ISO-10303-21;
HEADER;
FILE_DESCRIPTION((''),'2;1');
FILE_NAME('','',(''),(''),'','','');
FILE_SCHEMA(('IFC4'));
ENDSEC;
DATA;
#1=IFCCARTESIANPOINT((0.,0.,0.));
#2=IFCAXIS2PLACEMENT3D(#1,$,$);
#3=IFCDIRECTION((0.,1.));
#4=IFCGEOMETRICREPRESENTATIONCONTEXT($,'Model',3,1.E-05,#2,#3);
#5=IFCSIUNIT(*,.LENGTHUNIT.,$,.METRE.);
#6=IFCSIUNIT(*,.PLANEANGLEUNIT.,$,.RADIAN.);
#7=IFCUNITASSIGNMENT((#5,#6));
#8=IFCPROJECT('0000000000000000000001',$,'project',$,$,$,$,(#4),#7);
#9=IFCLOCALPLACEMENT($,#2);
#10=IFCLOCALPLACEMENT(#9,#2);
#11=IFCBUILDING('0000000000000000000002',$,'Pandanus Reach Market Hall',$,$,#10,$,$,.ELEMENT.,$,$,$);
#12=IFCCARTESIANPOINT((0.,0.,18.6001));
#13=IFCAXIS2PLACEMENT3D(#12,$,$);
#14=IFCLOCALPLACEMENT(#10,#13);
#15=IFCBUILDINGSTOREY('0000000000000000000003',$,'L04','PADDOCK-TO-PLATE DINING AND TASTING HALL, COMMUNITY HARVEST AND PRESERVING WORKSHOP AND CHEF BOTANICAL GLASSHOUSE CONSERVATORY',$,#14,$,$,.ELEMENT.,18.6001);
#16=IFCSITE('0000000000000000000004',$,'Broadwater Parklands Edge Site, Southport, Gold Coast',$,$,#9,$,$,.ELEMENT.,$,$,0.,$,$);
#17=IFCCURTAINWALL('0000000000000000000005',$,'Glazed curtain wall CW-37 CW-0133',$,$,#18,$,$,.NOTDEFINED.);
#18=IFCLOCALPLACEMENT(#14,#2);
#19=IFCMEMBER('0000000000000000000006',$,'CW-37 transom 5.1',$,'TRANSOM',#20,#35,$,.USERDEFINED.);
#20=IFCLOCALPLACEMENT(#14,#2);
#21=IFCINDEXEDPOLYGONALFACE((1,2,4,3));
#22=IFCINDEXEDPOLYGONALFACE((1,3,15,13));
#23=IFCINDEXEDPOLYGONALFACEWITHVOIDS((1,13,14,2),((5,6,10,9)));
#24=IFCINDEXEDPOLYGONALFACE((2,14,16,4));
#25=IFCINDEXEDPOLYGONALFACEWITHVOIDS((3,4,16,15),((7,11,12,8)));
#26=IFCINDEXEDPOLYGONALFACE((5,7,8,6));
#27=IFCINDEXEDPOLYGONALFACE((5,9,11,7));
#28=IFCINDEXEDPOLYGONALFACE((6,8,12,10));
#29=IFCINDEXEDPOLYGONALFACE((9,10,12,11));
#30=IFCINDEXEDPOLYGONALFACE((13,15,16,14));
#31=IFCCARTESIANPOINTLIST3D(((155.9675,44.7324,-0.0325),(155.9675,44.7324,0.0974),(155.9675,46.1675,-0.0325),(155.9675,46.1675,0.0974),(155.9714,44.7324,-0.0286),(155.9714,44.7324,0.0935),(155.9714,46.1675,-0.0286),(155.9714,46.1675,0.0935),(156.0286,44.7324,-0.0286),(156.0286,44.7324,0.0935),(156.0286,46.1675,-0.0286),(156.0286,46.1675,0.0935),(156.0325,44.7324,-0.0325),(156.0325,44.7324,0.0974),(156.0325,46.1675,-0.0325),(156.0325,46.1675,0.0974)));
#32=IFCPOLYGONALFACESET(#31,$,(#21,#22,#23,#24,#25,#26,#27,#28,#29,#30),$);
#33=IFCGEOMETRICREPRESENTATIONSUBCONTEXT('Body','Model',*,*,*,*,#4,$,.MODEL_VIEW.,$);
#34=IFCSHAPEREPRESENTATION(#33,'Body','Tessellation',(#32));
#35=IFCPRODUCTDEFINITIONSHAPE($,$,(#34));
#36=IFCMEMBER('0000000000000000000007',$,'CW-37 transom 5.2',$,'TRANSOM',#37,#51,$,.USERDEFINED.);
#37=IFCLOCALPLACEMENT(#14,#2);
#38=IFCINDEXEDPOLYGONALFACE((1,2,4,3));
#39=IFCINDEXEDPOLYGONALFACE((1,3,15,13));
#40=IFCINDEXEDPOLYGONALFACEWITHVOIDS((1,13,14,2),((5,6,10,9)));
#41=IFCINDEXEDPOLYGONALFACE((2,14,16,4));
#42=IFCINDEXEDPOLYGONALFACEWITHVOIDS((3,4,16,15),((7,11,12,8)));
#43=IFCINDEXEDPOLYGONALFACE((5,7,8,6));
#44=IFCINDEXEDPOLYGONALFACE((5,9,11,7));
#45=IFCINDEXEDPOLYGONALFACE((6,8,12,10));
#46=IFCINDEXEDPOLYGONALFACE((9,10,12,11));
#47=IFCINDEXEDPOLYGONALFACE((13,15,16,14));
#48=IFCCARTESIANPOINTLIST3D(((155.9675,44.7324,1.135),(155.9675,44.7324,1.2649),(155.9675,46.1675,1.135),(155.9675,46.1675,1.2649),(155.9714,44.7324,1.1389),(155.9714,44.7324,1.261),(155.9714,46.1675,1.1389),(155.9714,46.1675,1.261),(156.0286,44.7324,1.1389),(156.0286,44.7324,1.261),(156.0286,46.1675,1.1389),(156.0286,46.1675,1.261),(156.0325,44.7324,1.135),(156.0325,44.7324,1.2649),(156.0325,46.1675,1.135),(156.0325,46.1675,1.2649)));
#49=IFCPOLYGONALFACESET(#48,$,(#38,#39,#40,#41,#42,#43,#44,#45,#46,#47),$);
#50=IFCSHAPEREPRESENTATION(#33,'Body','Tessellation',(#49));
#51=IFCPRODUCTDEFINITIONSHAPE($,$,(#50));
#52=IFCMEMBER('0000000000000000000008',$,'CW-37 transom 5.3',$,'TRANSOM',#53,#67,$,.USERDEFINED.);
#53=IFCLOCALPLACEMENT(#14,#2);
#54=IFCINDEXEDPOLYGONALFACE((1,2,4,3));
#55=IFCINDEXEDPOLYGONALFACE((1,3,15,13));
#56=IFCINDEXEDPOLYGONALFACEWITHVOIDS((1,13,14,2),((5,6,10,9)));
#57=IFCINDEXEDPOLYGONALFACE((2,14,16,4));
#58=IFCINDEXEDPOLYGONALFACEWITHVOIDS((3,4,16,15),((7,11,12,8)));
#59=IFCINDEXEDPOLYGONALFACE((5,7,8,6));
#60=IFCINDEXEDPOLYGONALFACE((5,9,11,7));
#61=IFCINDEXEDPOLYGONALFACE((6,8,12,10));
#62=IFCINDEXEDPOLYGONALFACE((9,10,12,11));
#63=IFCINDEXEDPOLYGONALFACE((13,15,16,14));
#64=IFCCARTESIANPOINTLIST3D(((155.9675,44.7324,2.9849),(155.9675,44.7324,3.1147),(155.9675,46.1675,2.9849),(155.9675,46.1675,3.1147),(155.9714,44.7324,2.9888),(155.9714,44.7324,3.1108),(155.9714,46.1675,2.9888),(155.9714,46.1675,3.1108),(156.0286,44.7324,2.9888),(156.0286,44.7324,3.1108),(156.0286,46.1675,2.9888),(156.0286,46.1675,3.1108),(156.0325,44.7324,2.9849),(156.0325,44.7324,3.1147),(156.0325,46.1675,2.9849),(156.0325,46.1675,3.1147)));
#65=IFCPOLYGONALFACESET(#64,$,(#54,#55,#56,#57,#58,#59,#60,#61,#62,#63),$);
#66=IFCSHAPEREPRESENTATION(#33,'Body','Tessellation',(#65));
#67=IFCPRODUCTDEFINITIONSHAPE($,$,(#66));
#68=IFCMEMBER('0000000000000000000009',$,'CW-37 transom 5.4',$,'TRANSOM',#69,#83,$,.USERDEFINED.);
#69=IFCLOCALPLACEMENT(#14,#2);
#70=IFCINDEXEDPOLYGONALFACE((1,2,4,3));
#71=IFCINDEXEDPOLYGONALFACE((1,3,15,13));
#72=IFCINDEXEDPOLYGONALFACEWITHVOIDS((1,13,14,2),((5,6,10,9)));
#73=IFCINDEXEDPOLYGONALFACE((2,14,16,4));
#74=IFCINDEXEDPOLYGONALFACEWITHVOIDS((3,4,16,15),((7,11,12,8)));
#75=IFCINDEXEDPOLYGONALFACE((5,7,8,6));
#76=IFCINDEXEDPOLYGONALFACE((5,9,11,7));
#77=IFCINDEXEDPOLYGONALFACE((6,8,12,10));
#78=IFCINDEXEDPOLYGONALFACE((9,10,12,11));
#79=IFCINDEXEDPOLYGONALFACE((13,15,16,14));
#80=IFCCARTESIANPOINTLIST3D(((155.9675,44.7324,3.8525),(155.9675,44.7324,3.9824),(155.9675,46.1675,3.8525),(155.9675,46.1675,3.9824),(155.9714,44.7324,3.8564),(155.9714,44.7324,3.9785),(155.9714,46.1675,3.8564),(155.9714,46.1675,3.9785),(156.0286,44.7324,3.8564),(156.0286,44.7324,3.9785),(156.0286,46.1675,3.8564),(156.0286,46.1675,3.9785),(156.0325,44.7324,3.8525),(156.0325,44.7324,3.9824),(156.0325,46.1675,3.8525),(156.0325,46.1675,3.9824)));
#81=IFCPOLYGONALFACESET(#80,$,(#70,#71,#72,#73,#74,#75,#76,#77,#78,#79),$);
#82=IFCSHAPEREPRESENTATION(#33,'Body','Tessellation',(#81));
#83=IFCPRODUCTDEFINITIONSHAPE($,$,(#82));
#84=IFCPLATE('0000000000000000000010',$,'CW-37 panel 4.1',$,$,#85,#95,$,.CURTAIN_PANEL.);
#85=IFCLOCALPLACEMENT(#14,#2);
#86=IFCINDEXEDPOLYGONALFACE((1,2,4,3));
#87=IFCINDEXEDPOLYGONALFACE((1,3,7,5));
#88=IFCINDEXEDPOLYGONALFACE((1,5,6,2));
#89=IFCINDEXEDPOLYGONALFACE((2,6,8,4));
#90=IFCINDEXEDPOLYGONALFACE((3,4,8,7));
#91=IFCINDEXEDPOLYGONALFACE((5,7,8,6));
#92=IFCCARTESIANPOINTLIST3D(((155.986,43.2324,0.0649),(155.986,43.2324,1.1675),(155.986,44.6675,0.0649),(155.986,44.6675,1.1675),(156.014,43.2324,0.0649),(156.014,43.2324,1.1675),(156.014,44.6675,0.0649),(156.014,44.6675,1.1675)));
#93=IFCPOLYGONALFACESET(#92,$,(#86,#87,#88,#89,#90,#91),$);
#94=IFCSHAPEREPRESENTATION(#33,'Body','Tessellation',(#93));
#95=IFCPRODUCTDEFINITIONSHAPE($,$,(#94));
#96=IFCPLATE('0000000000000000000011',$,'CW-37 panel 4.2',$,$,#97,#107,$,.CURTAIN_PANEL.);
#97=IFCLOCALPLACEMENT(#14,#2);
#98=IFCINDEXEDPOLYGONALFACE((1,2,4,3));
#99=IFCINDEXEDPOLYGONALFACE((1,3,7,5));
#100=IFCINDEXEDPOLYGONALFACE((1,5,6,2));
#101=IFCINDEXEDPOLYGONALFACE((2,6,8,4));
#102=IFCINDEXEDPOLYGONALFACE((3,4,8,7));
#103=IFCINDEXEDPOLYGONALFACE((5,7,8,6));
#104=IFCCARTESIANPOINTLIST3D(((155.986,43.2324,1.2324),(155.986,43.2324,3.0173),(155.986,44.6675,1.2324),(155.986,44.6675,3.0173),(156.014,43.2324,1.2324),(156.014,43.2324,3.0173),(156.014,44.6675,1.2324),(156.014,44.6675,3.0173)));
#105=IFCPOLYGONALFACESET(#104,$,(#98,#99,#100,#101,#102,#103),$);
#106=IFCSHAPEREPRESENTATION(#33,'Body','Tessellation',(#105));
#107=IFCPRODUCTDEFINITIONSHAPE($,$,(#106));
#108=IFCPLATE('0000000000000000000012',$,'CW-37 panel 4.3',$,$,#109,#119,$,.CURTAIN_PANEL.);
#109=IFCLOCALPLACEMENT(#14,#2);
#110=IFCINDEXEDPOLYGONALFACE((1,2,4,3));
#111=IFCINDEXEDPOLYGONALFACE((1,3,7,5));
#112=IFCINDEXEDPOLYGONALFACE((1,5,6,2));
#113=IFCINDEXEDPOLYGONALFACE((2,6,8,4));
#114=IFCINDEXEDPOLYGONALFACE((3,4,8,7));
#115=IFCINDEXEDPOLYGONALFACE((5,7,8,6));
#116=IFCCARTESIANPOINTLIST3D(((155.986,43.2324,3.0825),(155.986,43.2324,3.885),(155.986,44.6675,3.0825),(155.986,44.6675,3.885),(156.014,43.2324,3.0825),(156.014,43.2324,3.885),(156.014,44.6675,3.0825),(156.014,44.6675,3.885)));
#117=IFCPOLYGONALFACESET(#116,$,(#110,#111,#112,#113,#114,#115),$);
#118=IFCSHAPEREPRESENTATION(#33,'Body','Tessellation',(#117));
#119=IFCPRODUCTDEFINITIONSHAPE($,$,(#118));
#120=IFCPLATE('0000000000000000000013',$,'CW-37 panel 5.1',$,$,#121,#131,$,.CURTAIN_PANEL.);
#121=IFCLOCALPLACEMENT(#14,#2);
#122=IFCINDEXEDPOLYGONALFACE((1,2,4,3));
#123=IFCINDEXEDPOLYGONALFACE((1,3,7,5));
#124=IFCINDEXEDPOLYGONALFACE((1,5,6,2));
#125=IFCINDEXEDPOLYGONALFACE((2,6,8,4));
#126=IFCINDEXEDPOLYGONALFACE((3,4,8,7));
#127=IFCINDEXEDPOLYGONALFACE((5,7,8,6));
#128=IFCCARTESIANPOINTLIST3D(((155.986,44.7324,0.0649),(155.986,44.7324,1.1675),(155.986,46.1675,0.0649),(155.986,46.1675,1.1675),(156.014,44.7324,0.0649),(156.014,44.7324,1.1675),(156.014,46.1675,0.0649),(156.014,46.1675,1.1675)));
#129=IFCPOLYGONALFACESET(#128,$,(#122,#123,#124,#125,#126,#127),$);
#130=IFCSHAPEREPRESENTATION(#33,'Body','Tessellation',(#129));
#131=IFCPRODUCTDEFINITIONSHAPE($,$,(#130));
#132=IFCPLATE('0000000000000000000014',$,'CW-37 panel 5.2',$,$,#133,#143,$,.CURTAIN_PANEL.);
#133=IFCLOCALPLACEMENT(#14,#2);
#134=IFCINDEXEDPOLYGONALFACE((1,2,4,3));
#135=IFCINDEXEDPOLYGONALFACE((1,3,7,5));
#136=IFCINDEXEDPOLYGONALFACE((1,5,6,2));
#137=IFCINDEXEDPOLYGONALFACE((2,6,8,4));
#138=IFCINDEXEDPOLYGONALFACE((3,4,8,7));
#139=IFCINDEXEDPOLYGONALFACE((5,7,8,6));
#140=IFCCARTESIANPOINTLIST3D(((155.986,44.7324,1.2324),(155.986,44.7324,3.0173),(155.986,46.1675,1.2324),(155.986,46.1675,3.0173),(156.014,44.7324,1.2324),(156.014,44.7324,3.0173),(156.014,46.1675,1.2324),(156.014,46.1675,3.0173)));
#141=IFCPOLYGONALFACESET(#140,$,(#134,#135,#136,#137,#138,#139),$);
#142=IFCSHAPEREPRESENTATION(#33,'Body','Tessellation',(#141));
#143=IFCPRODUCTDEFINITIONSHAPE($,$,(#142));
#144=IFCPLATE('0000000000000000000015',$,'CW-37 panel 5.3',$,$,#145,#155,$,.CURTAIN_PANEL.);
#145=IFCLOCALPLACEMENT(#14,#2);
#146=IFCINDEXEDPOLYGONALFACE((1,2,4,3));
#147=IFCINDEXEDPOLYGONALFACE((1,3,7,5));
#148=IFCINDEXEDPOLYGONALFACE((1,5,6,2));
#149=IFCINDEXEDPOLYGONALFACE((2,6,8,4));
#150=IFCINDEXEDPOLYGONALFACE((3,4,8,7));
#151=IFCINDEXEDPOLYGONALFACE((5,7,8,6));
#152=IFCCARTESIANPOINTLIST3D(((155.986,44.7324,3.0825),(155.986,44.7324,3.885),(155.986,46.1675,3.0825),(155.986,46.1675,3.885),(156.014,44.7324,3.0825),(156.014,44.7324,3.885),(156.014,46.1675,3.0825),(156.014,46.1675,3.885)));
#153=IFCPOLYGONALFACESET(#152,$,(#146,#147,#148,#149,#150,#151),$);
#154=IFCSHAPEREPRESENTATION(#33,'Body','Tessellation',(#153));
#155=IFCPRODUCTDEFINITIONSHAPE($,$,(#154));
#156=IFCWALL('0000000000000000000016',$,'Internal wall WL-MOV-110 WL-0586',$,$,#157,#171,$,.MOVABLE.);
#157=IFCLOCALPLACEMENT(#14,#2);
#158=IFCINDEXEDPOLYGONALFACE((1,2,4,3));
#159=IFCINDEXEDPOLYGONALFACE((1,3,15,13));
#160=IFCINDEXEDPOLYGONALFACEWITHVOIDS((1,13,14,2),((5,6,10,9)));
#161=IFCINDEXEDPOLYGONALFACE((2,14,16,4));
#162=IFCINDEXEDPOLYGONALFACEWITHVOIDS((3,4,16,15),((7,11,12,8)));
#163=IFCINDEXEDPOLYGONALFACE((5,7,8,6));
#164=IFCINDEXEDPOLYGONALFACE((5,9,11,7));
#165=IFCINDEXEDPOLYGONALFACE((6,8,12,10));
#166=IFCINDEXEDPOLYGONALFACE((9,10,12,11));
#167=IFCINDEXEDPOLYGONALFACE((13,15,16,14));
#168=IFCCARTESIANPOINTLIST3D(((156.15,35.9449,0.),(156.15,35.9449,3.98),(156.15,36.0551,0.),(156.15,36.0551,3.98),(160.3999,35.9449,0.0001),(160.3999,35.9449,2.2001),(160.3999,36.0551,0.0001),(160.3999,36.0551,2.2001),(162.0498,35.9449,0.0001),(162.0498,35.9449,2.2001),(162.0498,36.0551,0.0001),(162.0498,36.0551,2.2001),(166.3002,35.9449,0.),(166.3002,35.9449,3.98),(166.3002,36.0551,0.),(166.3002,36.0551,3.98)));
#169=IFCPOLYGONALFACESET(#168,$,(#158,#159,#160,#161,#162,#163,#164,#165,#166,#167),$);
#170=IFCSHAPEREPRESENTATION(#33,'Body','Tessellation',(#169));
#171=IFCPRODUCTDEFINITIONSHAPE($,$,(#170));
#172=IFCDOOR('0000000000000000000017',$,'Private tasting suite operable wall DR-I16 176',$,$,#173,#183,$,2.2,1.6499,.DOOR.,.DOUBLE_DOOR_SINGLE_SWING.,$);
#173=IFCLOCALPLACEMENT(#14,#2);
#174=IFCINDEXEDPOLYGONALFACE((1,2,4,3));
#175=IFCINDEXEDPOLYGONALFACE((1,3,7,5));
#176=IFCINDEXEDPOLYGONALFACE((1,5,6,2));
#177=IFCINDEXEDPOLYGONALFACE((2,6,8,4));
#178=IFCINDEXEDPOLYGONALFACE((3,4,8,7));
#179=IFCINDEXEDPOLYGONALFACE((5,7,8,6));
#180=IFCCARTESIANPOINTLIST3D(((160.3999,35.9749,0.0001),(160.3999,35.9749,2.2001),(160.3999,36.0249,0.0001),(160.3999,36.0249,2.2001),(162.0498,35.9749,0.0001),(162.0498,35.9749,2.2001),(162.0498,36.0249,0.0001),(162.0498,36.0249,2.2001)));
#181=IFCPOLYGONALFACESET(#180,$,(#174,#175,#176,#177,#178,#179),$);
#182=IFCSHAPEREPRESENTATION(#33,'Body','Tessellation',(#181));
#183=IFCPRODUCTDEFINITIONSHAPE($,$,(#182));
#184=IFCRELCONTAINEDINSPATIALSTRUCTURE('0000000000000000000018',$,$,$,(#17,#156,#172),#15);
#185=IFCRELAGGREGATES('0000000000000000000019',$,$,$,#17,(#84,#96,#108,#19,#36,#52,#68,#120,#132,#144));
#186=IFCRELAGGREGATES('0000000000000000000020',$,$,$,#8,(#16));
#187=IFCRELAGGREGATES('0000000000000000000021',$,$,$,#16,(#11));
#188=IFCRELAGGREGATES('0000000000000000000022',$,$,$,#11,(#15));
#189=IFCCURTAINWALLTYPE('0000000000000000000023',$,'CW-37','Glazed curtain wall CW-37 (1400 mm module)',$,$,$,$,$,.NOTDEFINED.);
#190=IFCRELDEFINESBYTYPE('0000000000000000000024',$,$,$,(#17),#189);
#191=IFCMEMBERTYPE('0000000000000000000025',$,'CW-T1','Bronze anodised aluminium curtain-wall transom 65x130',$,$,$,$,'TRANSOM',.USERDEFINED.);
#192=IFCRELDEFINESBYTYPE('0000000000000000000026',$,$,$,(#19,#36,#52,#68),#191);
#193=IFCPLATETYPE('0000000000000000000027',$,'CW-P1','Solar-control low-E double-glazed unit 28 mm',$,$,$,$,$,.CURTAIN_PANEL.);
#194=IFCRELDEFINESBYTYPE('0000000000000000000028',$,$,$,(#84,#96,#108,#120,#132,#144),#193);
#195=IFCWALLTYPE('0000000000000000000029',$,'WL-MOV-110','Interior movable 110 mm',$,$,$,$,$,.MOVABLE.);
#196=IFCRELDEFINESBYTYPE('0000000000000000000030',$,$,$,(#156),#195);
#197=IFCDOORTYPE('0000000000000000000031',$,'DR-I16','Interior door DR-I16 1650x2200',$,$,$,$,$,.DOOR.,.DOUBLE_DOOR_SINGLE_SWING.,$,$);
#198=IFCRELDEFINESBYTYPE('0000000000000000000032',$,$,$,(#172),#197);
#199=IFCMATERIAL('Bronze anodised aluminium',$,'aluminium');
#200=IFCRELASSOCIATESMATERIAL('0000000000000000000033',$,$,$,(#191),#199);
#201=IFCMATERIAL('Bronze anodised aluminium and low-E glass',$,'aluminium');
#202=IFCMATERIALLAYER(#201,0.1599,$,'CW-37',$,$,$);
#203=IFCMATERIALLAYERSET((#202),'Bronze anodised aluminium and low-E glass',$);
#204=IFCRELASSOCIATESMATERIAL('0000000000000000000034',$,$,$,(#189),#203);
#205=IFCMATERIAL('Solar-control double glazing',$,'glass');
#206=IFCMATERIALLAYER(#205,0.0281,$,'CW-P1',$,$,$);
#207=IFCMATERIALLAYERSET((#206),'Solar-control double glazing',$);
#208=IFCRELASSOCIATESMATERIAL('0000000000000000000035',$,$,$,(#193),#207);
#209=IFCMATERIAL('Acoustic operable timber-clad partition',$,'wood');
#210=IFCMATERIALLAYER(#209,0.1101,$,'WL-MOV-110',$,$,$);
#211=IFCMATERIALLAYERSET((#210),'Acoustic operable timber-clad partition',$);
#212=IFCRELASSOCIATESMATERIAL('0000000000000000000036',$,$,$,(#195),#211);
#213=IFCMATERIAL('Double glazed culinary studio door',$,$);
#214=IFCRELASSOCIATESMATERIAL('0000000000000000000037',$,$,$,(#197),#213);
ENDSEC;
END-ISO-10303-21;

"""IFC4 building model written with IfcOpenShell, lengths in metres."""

from ifc_helpers import new_model, si_unit, direction, frame, frame_2d, origin, origin_2d, place, context, subcontext, project, spatial, rectangle, hollow_rectangle, extrude, material, layer, layer_set, material_profile, profile_set, type_object, element, fill, aggregate, save


model = new_model("IFC4")

# Units and contexts
model_context = context("Model", 3, precision=1e-05, world=origin(), true_north=direction((0.0, 1.0)))
body_context = subcontext(model_context, "Body", "Model", "MODEL_VIEW")
ifc_project = project(units=[si_unit("LENGTHUNIT", "METRE"), si_unit("PLANEANGLEUNIT", "RADIAN")], contexts=[model_context])

# Site, building, storey
site_placement = place(None, origin())
site = spatial("IfcSite", under=ifc_project, at=site_placement, Name="Broadwater Parklands Edge Site, Southport, Gold Coast", CompositionType="ELEMENT", RefElevation=0.0)
building_placement = place(site_placement, origin())
building = spatial("IfcBuilding", under=site, at=building_placement, Name="Pandanus Reach Market Hall", CompositionType="ELEMENT")
storey_placement = place(building_placement, frame((0.0, 0.0, 18.6001)))
storey = spatial("IfcBuildingStorey", under=building, at=storey_placement, Name="L04", Description="PADDOCK-TO-PLATE DINING AND TASTING HALL, COMMUNITY HARVEST AND PRESERVING WORKSHOP AND CHEF BOTANICAL GLASSHOUSE CONSERVATORY", CompositionType="ELEMENT", Elevation=18.6001)

# Shared definitions
ifc_material_1 = material(Name="Bronze anodised aluminium and low-E glass", Category="aluminium")
ifc_material_2 = material(Name="Bronze anodised aluminium", Category="aluminium")
ifc_material_profile_1 = material_profile(ifc_material_2, hollow_rectangle(XDim=0.0649, YDim=0.1299, WallThickness=0.0039, at=origin_2d()), Name="ALU65x130", Category="LoadBearing")
ifc_profile_set_1 = profile_set([ifc_material_profile_1], Name="Bronze anodised aluminium")
member_type_1 = type_object("IfcMemberType", Name="CW-T1", Description="Bronze anodised aluminium curtain-wall transom 65x130", ElementType="TRANSOM", PredefinedType="USERDEFINED", material=ifc_profile_set_1)

# Curtain wall, members, plates
ifc_layer_1 = layer(ifc_material_1, 0.1599, Name="CW-37")
ifc_layer_set_1 = layer_set([ifc_layer_1], Name="Bronze anodised aluminium and low-E glass")
curtain_wall_type_1 = type_object("IfcCurtainWallType", Name="CW-37", Description="Glazed curtain wall CW-37 (1400 mm module)", PredefinedType="NOTDEFINED", material=ifc_layer_set_1)
curtain_wall_1_placement = place(storey_placement, origin())
curtain_wall_1 = element("IfcCurtainWall", 1, at=curtain_wall_1_placement, inside=storey, type_object=curtain_wall_type_1, Name="Glazed curtain wall CW-37 CW-0133", PredefinedType="NOTDEFINED")
member_1_placement = place(storey_placement, frame((156.0, 44.7324, 0.0325), z_axis=(0.0, 1.0, 0.0), x_axis=(-1.0, 0.0, 0.0)))
member_1 = element("IfcMember", 2, at=member_1_placement, type_object=member_type_1, Name="CW-37 transom 5.1", ObjectType="TRANSOM", PredefinedType="USERDEFINED", context=body_context, shape_type="SweptSolid", body=[
    extrude(hollow_rectangle(XDim=0.0649, YDim=0.1299, WallThickness=0.0039, at=origin_2d()), origin(), (0.0, 0.0, 1.0), 1.4351),
])
member_2_placement = place(storey_placement, frame((156.0, 44.7324, 1.2), z_axis=(0.0, 1.0, 0.0), x_axis=(-1.0, 0.0, 0.0)))
member_2 = element("IfcMember", 3, at=member_2_placement, type_object=member_type_1, Name="CW-37 transom 5.2", ObjectType="TRANSOM", PredefinedType="USERDEFINED", context=body_context, shape_type="SweptSolid", body=[
    extrude(hollow_rectangle(XDim=0.0649, YDim=0.1299, WallThickness=0.0039, at=origin_2d()), origin(), (0.0, 0.0, 1.0), 1.4351),
])
member_3_placement = place(storey_placement, frame((156.0, 44.7324, 3.0498), z_axis=(0.0, 1.0, 0.0), x_axis=(-1.0, 0.0, 0.0)))
member_3 = element("IfcMember", 4, at=member_3_placement, type_object=member_type_1, Name="CW-37 transom 5.3", ObjectType="TRANSOM", PredefinedType="USERDEFINED", context=body_context, shape_type="SweptSolid", body=[
    extrude(hollow_rectangle(XDim=0.0649, YDim=0.1299, WallThickness=0.0039, at=origin_2d()), origin(), (0.0, 0.0, 1.0), 1.4351),
])
member_4_placement = place(storey_placement, frame((156.0, 44.7324, 3.9175), z_axis=(0.0, 1.0, 0.0), x_axis=(-1.0, 0.0, 0.0)))
member_4 = element("IfcMember", 5, at=member_4_placement, type_object=member_type_1, Name="CW-37 transom 5.4", ObjectType="TRANSOM", PredefinedType="USERDEFINED", context=body_context, shape_type="SweptSolid", body=[
    extrude(hollow_rectangle(XDim=0.0649, YDim=0.1299, WallThickness=0.0039, at=origin_2d()), origin(), (0.0, 0.0, 1.0), 1.4351),
])
ifc_material_3 = material(Name="Solar-control double glazing", Category="glass")
ifc_layer_2 = layer(ifc_material_3, 0.0281, Name="CW-P1")
ifc_layer_set_2 = layer_set([ifc_layer_2], Name="Solar-control double glazing")
plate_type = type_object("IfcPlateType", Name="CW-P1", Description="Solar-control low-E double-glazed unit 28 mm", PredefinedType="CURTAIN_PANEL", material=ifc_layer_set_2)
plate_1_placement = place(storey_placement, frame((156.0, 43.95, 0.0649), z_axis=(0.0, 0.0, 1.0), x_axis=(0.0, 1.0, 0.0)))
plate_1 = element("IfcPlate", 6, at=plate_1_placement, type_object=plate_type, Name="CW-37 panel 4.1", PredefinedType="CURTAIN_PANEL", context=body_context, shape_type="SweptSolid", body=[
    extrude(rectangle(XDim=1.4351, YDim=0.0281, at=origin_2d()), origin(), (0.0, 0.0, 1.0), 1.1025),
])
plate_2_placement = place(storey_placement, frame((156.0, 43.95, 1.2324), z_axis=(0.0, 0.0, 1.0), x_axis=(0.0, 1.0, 0.0)))
plate_2 = element("IfcPlate", 7, at=plate_2_placement, type_object=plate_type, Name="CW-37 panel 4.2", PredefinedType="CURTAIN_PANEL", context=body_context, shape_type="SweptSolid", body=[
    extrude(rectangle(XDim=1.4351, YDim=0.0281, at=origin_2d()), origin(), (0.0, 0.0, 1.0), 1.7849),
])
plate_3_placement = place(storey_placement, frame((156.0, 43.95, 3.0825), z_axis=(0.0, 0.0, 1.0), x_axis=(0.0, 1.0, 0.0)))
plate_3 = element("IfcPlate", 8, at=plate_3_placement, type_object=plate_type, Name="CW-37 panel 4.3", PredefinedType="CURTAIN_PANEL", context=body_context, shape_type="SweptSolid", body=[
    extrude(rectangle(XDim=1.4351, YDim=0.0281, at=origin_2d()), origin(), (0.0, 0.0, 1.0), 0.8025),
])
plate_4_placement = place(storey_placement, frame((156.0, 45.45, 0.0649), z_axis=(0.0, 0.0, 1.0), x_axis=(0.0, 1.0, 0.0)))
plate_4 = element("IfcPlate", 9, at=plate_4_placement, type_object=plate_type, Name="CW-37 panel 5.1", PredefinedType="CURTAIN_PANEL", context=body_context, shape_type="SweptSolid", body=[
    extrude(rectangle(XDim=1.4351, YDim=0.0281, at=origin_2d()), origin(), (0.0, 0.0, 1.0), 1.1025),
])
plate_5_placement = place(storey_placement, frame((156.0, 45.45, 1.2324), z_axis=(0.0, 0.0, 1.0), x_axis=(0.0, 1.0, 0.0)))
plate_5 = element("IfcPlate", 10, at=plate_5_placement, type_object=plate_type, Name="CW-37 panel 5.2", PredefinedType="CURTAIN_PANEL", context=body_context, shape_type="SweptSolid", body=[
    extrude(rectangle(XDim=1.4351, YDim=0.0281, at=origin_2d()), origin(), (0.0, 0.0, 1.0), 1.7849),
])
plate_6_placement = place(storey_placement, frame((156.0, 45.45, 3.0825), z_axis=(0.0, 0.0, 1.0), x_axis=(0.0, 1.0, 0.0)))
plate_6 = element("IfcPlate", 11, at=plate_6_placement, type_object=plate_type, Name="CW-37 panel 5.3", PredefinedType="CURTAIN_PANEL", context=body_context, shape_type="SweptSolid", body=[
    extrude(rectangle(XDim=1.4351, YDim=0.0281, at=origin_2d()), origin(), (0.0, 0.0, 1.0), 0.8025),
])
aggregate(curtain_wall_1, [plate_1, plate_2, plate_3, member_1, member_2, member_3, member_4, plate_4, plate_5, plate_6])

# Wall, opening, door
ifc_material_4 = material(Name="Acoustic operable timber-clad partition", Category="wood")
ifc_layer_3 = layer(ifc_material_4, 0.1101, Name="WL-MOV-110")
ifc_layer_set_3 = layer_set([ifc_layer_3], Name="Acoustic operable timber-clad partition")
wall_type = type_object("IfcWallType", Name="WL-MOV-110", Description="Interior movable 110 mm", PredefinedType="MOVABLE", material=ifc_layer_set_3)
wall_placement = place(storey_placement, frame((156.1499, 36.0, 0.0), z_axis=(0.0, 0.0, 1.0), x_axis=(1.0, 0.0, 0.0)))
wall = element("IfcWall", 12, at=wall_placement, inside=storey, type_object=wall_type, Name="Internal wall WL-MOV-110 WL-0586", PredefinedType="MOVABLE", context=body_context, shape_type="SweptSolid", body=[
    extrude(rectangle(XDim=10.1501, YDim=0.1101, at=frame_2d((5.0752, 0.0))), origin(), (0.0, 0.0, 1.0), 3.98),
])
opening_placement = place(wall_placement, frame((4.25, 0.0, 0.0)))
opening = element("IfcOpeningElement", 13, at=opening_placement, cuts=wall, PredefinedType="OPENING", context=body_context, shape_type="SweptSolid", body=[
    extrude(rectangle(XDim=1.6499, YDim=2.2, at=frame_2d((0.825, 1.1001))), frame((0.0, 0.0701, 0.0), z_axis=(0.0, -1.0, 0.0), x_axis=(1.0, 0.0, 0.0)), (0.0, 0.0, 1.0), 0.1401),
])
ifc_material_5 = material(Name="Double glazed culinary studio door")
door_type = type_object("IfcDoorType", Name="DR-I16", Description="Interior door DR-I16 1650x2200", OperationType="DOUBLE_DOOR_SINGLE_SWING", PredefinedType="DOOR", material=ifc_material_5)
door_placement = place(opening_placement, origin())
door = element("IfcDoor", 14, at=door_placement, inside=storey, type_object=door_type, Name="Private tasting suite operable wall DR-I16 176", OperationType="DOUBLE_DOOR_SINGLE_SWING", OverallHeight=2.2, OverallWidth=1.6499, PredefinedType="DOOR", context=body_context, shape_type="SweptSolid", body=[
    extrude(rectangle(XDim=1.6499, YDim=2.2, at=frame_2d((0.825, 1.1001))), frame((0.0, 0.0249, 0.0), z_axis=(0.0, -1.0, 0.0), x_axis=(1.0, 0.0, 0.0)), (0.0, 0.0, 1.0), 0.05),
])
fill(opening, door)

save(model, "model.ifc")
